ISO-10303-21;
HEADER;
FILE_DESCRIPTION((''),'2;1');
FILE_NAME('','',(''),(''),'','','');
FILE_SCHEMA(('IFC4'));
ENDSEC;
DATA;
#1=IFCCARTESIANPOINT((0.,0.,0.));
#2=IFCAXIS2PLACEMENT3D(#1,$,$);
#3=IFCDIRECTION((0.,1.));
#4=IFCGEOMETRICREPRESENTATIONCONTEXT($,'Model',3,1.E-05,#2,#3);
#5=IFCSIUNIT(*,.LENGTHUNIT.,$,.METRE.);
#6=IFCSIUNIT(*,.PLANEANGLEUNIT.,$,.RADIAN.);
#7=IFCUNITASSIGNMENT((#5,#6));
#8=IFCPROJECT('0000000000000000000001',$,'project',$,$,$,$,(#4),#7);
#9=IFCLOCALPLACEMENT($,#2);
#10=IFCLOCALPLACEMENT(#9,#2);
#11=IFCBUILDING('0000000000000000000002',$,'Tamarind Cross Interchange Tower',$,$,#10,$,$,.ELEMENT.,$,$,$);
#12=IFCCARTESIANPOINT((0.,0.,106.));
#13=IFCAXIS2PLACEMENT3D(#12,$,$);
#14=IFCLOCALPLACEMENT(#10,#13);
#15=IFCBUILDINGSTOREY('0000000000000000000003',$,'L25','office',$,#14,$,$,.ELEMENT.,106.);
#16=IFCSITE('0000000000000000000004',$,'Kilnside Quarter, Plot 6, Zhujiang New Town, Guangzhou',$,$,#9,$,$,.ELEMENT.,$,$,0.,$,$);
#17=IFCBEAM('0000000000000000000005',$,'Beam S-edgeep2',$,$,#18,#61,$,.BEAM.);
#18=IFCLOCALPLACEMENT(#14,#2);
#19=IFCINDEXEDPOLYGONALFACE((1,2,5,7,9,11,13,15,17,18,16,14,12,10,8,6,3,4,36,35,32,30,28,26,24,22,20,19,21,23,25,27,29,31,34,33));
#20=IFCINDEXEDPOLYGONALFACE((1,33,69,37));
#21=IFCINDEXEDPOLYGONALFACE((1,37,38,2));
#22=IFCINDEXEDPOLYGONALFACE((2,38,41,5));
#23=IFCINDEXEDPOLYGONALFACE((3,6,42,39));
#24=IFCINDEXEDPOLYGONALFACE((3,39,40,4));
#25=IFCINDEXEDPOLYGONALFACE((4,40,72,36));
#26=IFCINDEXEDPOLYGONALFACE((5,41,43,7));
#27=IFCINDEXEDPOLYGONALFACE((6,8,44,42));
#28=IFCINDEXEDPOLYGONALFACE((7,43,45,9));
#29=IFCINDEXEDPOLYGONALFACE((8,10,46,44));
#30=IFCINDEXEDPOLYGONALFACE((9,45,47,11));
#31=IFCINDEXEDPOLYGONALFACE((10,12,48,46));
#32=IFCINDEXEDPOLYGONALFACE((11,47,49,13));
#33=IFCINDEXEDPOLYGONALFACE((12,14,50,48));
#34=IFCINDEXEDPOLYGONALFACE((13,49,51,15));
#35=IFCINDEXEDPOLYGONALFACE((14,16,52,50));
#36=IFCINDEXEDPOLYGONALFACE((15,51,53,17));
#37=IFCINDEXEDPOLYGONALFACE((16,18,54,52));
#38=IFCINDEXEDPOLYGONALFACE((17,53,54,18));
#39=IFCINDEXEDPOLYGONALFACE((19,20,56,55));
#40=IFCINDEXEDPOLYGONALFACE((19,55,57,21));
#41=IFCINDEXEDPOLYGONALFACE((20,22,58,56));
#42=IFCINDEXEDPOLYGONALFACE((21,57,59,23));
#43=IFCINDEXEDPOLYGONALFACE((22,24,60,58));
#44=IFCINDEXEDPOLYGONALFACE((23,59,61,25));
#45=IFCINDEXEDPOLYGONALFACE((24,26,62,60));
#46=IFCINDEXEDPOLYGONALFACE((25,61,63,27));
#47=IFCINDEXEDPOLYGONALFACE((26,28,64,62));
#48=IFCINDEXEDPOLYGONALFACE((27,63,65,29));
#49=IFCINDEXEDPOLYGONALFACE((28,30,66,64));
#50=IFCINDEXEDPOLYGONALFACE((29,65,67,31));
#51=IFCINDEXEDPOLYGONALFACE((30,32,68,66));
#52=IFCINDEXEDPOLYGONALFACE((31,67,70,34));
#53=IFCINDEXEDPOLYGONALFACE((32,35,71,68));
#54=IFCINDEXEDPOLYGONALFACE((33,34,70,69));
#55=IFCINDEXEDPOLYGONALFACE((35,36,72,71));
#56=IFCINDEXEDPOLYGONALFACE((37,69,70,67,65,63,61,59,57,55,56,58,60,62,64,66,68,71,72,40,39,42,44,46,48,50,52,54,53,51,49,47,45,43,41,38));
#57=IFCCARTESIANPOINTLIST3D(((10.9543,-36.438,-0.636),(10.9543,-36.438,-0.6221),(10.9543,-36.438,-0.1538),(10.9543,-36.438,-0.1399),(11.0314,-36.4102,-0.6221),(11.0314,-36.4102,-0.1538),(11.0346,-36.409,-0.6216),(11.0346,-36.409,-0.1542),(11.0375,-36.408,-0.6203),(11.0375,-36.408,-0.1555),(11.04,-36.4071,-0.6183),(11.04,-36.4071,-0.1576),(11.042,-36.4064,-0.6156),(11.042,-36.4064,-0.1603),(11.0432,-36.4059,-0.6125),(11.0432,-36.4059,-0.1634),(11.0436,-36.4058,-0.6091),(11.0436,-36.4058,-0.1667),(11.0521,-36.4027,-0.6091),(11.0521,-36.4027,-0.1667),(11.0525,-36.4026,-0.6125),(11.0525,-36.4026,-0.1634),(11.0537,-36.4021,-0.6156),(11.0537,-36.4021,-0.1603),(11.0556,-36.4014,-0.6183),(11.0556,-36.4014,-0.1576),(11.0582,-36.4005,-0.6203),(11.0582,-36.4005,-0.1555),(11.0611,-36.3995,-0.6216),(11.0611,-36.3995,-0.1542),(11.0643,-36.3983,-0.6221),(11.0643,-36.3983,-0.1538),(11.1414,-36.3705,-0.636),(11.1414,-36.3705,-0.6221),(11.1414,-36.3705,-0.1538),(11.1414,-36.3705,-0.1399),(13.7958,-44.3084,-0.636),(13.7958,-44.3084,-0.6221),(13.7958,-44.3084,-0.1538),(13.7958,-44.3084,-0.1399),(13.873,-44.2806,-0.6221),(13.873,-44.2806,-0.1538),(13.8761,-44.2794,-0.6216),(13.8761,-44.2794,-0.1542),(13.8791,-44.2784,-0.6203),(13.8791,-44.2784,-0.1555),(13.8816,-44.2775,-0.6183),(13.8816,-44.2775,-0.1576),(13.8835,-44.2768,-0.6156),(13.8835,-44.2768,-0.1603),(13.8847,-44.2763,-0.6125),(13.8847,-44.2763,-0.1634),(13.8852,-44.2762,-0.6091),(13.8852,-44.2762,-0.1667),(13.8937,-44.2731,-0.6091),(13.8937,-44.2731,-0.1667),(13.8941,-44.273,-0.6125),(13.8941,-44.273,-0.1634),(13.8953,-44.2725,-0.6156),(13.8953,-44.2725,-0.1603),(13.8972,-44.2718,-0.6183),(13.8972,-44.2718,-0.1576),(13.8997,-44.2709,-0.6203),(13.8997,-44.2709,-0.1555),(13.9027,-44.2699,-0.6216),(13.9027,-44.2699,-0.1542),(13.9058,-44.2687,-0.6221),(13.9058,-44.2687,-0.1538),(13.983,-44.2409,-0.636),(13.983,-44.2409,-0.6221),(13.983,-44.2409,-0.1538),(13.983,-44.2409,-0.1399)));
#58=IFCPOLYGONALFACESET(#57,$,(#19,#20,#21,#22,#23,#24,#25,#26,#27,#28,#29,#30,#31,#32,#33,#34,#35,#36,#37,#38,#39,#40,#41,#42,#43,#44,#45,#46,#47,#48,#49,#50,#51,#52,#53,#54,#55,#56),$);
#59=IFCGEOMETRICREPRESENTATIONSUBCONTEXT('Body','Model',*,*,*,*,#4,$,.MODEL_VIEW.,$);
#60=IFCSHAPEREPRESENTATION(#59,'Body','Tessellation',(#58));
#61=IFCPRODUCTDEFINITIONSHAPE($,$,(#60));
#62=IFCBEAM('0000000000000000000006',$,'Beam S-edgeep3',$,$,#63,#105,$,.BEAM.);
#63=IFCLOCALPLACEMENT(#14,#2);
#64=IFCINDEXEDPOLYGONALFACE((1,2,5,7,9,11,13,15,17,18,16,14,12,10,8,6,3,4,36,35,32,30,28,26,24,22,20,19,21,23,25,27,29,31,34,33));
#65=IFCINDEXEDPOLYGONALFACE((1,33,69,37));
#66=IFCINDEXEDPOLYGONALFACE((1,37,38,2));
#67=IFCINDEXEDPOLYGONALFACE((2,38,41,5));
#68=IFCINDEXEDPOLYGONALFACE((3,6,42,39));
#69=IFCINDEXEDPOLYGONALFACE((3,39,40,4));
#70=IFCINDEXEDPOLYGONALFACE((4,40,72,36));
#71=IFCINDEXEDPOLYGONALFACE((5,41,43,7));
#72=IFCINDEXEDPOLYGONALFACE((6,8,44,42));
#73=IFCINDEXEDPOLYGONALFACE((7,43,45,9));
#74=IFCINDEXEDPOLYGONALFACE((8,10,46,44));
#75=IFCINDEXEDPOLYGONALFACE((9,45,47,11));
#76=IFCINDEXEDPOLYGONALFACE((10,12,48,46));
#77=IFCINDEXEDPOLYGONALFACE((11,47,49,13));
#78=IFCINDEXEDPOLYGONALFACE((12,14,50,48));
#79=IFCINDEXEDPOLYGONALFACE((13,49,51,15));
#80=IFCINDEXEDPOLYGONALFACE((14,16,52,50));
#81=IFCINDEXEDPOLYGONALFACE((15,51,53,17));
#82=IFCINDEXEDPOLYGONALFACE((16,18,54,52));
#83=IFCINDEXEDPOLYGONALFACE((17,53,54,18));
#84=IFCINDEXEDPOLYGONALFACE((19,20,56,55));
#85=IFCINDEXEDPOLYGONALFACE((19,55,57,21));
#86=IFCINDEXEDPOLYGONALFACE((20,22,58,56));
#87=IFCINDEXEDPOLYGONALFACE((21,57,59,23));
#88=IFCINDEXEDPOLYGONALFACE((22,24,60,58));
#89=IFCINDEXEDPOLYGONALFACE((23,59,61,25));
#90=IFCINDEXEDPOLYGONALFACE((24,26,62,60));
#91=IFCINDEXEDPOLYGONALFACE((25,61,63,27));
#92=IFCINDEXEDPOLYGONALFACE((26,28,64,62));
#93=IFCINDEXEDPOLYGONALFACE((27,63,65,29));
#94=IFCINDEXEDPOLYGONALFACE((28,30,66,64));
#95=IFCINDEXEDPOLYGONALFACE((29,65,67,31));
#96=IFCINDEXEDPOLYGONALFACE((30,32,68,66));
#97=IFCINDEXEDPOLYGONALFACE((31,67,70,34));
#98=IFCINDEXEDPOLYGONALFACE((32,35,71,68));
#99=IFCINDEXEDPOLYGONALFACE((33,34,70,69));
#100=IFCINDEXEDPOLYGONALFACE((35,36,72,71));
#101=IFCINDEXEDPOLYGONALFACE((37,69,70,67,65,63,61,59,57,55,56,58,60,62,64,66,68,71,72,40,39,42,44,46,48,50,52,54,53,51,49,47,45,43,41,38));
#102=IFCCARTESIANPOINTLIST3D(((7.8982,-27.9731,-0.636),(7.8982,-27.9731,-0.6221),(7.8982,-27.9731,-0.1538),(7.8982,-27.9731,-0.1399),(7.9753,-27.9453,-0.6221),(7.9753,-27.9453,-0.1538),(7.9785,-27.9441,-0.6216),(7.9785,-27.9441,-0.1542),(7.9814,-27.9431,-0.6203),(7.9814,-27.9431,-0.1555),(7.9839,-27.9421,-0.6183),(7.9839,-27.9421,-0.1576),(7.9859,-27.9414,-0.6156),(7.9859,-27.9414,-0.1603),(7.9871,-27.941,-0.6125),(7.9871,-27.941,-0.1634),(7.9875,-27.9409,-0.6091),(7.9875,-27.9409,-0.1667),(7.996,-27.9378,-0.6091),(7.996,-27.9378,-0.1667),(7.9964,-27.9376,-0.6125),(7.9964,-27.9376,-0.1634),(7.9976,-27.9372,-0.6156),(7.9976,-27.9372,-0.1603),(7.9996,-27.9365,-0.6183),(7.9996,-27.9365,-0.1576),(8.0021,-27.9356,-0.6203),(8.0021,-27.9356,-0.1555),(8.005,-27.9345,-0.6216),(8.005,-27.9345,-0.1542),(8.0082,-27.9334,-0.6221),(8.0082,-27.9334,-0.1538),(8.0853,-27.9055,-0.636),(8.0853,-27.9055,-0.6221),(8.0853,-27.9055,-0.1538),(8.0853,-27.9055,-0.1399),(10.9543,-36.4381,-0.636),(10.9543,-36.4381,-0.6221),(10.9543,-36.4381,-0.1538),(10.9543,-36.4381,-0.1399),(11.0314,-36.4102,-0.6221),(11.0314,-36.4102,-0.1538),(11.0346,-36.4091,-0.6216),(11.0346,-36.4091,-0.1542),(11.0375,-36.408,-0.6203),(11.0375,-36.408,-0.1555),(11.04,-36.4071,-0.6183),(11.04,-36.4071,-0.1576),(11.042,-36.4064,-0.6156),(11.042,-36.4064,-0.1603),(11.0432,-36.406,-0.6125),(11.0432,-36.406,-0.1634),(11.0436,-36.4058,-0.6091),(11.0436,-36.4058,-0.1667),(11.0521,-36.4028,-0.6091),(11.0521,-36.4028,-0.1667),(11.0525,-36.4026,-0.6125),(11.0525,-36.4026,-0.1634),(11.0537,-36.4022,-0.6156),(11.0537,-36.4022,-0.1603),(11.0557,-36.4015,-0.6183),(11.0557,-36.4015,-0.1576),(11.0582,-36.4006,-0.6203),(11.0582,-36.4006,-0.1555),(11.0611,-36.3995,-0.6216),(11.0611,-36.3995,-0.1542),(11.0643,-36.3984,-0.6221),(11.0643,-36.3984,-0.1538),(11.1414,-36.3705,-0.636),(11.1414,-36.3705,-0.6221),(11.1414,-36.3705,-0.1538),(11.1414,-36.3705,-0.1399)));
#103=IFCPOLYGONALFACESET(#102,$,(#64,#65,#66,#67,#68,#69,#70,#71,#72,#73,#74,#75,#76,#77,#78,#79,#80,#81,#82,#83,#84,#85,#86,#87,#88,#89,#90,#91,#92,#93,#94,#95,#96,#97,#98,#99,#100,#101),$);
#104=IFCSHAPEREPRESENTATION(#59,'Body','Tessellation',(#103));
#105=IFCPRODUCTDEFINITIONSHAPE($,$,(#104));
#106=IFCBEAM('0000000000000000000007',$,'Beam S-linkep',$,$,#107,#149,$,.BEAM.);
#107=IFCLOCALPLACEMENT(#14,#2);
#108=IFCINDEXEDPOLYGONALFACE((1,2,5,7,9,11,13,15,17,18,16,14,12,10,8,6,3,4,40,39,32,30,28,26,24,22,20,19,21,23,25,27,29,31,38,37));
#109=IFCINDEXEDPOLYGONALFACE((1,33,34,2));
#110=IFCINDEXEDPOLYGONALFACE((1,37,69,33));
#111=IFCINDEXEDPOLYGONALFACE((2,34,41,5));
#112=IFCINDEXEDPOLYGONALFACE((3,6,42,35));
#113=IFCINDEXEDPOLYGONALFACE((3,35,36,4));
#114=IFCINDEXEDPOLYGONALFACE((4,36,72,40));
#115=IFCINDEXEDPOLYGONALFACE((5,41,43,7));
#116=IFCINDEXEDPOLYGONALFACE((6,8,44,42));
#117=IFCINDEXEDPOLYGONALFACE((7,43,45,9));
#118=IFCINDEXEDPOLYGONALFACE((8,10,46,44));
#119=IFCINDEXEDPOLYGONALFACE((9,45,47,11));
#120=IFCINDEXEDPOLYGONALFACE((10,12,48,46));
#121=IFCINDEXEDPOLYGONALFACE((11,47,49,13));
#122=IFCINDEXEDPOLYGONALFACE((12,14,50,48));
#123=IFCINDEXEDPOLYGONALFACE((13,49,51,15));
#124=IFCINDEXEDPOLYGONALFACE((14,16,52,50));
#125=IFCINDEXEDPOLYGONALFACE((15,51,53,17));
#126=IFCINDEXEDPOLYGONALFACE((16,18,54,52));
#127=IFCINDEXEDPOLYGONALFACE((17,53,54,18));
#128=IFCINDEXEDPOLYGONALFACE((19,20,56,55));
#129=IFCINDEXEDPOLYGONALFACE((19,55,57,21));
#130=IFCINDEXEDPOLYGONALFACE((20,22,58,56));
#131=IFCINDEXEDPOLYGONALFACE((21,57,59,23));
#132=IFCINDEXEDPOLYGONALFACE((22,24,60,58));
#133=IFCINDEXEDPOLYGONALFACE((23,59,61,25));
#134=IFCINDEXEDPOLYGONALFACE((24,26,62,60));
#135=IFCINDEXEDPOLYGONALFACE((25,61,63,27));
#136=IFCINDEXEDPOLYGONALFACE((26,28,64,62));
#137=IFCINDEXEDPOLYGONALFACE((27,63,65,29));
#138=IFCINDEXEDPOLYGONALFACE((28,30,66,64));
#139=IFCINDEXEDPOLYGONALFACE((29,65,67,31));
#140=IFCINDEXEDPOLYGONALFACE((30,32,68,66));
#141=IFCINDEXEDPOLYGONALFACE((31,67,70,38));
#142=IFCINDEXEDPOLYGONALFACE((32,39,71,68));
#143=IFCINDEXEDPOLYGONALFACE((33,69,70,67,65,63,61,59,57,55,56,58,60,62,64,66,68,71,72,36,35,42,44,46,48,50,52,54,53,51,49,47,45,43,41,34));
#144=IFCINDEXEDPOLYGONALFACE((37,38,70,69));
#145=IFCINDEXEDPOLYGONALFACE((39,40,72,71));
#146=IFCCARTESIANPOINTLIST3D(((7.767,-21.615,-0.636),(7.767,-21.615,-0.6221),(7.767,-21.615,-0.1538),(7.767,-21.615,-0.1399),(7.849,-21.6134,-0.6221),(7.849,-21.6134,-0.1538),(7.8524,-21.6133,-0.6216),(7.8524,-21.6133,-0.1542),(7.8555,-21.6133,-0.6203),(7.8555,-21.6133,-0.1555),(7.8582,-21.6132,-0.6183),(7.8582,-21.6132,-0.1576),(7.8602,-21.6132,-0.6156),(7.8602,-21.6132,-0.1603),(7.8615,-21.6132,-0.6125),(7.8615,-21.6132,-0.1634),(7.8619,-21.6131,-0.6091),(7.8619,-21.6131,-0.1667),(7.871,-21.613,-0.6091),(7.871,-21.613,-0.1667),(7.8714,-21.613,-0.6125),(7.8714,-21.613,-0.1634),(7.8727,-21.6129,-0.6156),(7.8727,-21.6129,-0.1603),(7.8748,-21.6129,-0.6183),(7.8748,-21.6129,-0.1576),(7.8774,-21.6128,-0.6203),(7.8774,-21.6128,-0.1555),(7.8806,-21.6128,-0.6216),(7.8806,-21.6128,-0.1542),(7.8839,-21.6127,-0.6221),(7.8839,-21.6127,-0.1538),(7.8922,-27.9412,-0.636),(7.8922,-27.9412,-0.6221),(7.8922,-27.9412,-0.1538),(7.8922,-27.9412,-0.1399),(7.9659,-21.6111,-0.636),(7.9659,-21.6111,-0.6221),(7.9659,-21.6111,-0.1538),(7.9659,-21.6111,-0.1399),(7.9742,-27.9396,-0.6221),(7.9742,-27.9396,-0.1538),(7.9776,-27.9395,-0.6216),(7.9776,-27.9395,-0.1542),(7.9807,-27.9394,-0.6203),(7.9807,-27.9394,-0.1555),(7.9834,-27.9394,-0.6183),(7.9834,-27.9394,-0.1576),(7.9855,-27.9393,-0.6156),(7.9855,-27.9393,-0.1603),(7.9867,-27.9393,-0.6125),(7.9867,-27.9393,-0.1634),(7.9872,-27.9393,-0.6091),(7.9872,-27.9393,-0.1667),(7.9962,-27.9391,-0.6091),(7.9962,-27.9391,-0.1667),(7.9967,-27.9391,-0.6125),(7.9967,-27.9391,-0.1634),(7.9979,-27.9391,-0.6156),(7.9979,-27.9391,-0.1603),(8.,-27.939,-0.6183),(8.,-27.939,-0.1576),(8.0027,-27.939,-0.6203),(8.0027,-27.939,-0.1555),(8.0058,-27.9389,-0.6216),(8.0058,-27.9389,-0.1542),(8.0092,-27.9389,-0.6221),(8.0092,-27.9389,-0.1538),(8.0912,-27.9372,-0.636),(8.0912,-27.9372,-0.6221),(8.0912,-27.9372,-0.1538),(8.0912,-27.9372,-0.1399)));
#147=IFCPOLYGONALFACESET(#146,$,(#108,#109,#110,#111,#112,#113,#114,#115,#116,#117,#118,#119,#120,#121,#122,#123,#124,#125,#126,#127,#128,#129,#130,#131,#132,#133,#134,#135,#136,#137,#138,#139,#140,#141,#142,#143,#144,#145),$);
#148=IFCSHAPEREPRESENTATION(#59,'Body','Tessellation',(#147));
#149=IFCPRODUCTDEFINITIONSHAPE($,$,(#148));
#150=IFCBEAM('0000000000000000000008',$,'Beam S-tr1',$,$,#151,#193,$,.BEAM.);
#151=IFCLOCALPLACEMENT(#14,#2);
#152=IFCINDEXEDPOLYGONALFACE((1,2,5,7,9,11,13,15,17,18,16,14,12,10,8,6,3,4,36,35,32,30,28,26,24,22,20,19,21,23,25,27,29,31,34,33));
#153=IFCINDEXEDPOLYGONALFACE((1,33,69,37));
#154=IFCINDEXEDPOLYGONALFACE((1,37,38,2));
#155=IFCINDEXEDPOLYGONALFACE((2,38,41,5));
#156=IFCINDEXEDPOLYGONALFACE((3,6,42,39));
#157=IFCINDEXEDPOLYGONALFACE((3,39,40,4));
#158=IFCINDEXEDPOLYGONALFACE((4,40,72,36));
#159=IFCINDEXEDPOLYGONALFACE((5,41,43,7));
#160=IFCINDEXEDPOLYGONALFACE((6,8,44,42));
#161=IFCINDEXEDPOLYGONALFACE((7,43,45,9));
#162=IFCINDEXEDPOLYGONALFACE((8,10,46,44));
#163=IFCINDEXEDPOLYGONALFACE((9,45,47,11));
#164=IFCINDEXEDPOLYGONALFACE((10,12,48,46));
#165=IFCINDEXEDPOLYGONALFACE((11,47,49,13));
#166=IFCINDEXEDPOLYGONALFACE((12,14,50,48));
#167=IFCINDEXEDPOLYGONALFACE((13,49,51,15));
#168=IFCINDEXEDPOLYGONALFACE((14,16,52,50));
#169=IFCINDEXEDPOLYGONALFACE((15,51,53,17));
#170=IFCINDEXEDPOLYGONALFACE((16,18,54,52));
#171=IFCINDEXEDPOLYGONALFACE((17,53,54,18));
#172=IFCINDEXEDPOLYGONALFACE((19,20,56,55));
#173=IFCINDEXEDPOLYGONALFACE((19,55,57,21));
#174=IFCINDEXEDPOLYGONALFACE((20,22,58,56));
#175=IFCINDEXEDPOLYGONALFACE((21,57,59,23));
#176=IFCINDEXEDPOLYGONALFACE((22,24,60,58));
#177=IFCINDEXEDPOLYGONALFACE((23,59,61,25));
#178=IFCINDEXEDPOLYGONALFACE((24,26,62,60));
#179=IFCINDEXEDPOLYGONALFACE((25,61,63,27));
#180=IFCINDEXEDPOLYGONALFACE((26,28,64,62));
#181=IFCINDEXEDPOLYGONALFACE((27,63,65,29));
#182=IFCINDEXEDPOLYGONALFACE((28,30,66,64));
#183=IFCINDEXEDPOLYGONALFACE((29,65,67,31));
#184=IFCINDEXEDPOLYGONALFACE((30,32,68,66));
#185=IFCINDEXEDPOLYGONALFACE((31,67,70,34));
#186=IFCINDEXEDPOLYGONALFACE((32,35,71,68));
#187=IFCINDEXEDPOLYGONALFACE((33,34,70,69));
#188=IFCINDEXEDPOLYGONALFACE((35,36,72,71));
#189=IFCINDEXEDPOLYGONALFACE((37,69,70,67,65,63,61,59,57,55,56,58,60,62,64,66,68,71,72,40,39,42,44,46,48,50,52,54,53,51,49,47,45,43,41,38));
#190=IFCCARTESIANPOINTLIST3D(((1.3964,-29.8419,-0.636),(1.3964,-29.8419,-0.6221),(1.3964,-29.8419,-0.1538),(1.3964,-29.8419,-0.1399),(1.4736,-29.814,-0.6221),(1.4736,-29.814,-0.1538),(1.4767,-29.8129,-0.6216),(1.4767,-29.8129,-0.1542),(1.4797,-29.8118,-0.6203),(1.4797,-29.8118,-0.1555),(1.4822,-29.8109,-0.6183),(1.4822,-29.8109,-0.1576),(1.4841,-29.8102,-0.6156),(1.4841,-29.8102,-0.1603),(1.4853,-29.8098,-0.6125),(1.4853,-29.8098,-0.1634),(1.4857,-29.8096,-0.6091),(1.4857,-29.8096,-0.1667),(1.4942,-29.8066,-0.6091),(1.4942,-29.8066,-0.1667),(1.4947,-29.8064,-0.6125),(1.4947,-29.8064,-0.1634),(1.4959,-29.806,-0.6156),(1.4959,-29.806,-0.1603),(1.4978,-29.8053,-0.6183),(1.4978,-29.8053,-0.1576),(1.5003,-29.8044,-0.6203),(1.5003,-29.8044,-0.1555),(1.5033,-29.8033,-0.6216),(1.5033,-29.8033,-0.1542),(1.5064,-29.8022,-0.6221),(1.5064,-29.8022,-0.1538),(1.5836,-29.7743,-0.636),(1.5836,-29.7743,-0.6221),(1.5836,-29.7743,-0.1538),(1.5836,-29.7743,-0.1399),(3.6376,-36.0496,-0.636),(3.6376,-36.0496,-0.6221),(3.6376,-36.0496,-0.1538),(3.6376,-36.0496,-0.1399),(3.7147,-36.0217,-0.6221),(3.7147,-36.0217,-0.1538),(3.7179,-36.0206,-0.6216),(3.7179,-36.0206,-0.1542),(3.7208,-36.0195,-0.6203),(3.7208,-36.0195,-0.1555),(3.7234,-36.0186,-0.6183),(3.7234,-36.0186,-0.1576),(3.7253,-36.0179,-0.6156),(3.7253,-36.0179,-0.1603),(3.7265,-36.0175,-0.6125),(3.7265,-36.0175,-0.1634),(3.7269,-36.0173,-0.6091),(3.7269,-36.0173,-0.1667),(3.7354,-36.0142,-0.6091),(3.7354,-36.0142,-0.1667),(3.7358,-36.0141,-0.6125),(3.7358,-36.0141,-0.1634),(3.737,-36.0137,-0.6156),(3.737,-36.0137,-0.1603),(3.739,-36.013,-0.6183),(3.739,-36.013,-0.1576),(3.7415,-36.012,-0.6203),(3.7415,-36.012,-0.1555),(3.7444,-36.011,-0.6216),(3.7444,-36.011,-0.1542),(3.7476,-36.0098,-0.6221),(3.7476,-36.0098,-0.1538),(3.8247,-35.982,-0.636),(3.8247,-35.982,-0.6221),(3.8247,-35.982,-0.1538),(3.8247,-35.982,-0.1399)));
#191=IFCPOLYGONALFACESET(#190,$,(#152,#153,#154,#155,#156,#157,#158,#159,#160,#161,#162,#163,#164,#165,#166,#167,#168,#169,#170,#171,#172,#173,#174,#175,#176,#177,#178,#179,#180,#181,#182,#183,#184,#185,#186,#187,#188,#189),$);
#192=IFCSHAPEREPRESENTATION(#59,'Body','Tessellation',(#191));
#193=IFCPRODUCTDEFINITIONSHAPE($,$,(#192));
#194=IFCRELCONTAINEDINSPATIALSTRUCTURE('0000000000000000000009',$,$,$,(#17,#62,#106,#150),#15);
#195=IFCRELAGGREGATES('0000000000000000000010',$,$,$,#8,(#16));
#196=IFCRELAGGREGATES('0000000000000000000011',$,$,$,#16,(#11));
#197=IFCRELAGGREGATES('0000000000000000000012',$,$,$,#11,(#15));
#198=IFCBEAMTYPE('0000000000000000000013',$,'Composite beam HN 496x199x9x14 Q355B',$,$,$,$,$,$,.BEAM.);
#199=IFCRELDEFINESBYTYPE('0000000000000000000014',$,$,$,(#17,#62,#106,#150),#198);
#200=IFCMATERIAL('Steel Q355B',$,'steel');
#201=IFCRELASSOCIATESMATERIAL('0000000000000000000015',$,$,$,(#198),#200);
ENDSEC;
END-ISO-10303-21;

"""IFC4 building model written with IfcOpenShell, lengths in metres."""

from ifc_helpers import new_model, si_unit, direction, frame, origin, origin_2d, place, context, subcontext, project, spatial, i_section, extrude, material, material_profile, profile_set, type_object, element, save


model = new_model("IFC4")

# Units and contexts
model_context = context("Model", 3, precision=1e-05, world=origin(), true_north=direction((0.0, 1.0)))
body_context = subcontext(model_context, "Body", "Model", "MODEL_VIEW")
ifc_project = project(units=[si_unit("LENGTHUNIT", "METRE"), si_unit("PLANEANGLEUNIT", "RADIAN")], contexts=[model_context])

# Site, building, storey
site_placement = place(None, origin())
site = spatial("IfcSite", under=ifc_project, at=site_placement, Name="Kilnside Quarter, Plot 6, Zhujiang New Town, Guangzhou", CompositionType="ELEMENT", RefElevation=0.0)
building_placement = place(site_placement, origin())
building = spatial("IfcBuilding", under=site, at=building_placement, Name="Tamarind Cross Interchange Tower", CompositionType="ELEMENT")
storey_placement = place(building_placement, frame((0.0, 0.0, 106.0)))
storey = spatial("IfcBuildingStorey", under=building, at=storey_placement, Name="L25", Description="office", CompositionType="ELEMENT", Elevation=106.0)

# Beams
ifc_material_1 = material(Name="Steel Q355B", Category="steel")
ifc_material_profile_1 = material_profile(ifc_material_1, i_section(OverallWidth=0.199, OverallDepth=0.4961, WebThickness=0.009, FlangeThickness=0.0139, FilletRadius=0.0129, at=origin_2d()), Name="HN 496x199x9x14")
ifc_profile_set_1 = profile_set([ifc_material_profile_1], Name="Steel Q355B")
beam_type_1 = type_object("IfcBeamType", Name="Composite beam HN 496x199x9x14 Q355B", PredefinedType="BEAM", material=ifc_profile_set_1)
beam_1_placement = place(storey_placement, frame((13.8894, -44.2747, -0.3879), z_axis=(-0.339589, 0.940574, 0.0), x_axis=(-0.940574, -0.339589, 0.0)))
element("IfcBeam", 1, at=beam_1_placement, inside=storey, type_object=beam_type_1, Name="Beam S-edgeep2", PredefinedType="BEAM", context=body_context, shape_type="SweptSolid", body=[
    extrude(i_section(OverallWidth=0.199, OverallDepth=0.4961, WebThickness=0.009, FlangeThickness=0.0139, FilletRadius=0.0129, at=origin_2d()), origin(), (0.0, 0.0, 1.0), 8.3677),
])
beam_2_placement = place(storey_placement, frame((11.0479, -36.4043, -0.3879), z_axis=(-0.339577, 0.940578, 0.0), x_axis=(-0.940578, -0.339577, 0.0)))
element("IfcBeam", 2, at=beam_2_placement, inside=storey, type_object=beam_type_1, Name="Beam S-edgeep3", PredefinedType="BEAM", context=body_context, shape_type="SweptSolid", body=[
    extrude(i_section(OverallWidth=0.199, OverallDepth=0.4961, WebThickness=0.009, FlangeThickness=0.0139, FilletRadius=0.0129, at=origin_2d()), origin(), (0.0, 0.0, 1.0), 8.9998),
])
beam_3_placement = place(storey_placement, frame((7.9917, -27.9392, -0.3879), z_axis=(-0.019794, 0.999804, 0.0), x_axis=(-0.999804, -0.019794, 0.0)))
element("IfcBeam", 3, at=beam_3_placement, inside=storey, type_object=beam_type_1, Name="Beam S-linkep", PredefinedType="BEAM", context=body_context, shape_type="SweptSolid", body=[
    extrude(i_section(OverallWidth=0.199, OverallDepth=0.4961, WebThickness=0.009, FlangeThickness=0.0139, FilletRadius=0.0129, at=origin_2d()), origin(), (0.0, 0.0, 1.0), 6.3274),
])
for number, where, z_axis, x_axis, name in (
    (4, (1.49, -29.8081, -0.3879), (0.33958, -0.940577, 0.0), (0.940577, 0.33958, 0.0), "Beam S-tr1"),
):
    element("IfcBeam", number, at=place(storey_placement, frame(where, z_axis=z_axis, x_axis=x_axis)), inside=storey, type_object=beam_type_1, Name=name, PredefinedType="BEAM", context=body_context, shape_type="SweptSolid", body=[
        extrude(i_section(OverallWidth=0.199, OverallDepth=0.4961, WebThickness=0.009, FlangeThickness=0.0139, FilletRadius=0.0129, at=origin_2d()), origin(), (0.0, 0.0, 1.0), 6.5999),
    ])

save(model, "model.ifc")
